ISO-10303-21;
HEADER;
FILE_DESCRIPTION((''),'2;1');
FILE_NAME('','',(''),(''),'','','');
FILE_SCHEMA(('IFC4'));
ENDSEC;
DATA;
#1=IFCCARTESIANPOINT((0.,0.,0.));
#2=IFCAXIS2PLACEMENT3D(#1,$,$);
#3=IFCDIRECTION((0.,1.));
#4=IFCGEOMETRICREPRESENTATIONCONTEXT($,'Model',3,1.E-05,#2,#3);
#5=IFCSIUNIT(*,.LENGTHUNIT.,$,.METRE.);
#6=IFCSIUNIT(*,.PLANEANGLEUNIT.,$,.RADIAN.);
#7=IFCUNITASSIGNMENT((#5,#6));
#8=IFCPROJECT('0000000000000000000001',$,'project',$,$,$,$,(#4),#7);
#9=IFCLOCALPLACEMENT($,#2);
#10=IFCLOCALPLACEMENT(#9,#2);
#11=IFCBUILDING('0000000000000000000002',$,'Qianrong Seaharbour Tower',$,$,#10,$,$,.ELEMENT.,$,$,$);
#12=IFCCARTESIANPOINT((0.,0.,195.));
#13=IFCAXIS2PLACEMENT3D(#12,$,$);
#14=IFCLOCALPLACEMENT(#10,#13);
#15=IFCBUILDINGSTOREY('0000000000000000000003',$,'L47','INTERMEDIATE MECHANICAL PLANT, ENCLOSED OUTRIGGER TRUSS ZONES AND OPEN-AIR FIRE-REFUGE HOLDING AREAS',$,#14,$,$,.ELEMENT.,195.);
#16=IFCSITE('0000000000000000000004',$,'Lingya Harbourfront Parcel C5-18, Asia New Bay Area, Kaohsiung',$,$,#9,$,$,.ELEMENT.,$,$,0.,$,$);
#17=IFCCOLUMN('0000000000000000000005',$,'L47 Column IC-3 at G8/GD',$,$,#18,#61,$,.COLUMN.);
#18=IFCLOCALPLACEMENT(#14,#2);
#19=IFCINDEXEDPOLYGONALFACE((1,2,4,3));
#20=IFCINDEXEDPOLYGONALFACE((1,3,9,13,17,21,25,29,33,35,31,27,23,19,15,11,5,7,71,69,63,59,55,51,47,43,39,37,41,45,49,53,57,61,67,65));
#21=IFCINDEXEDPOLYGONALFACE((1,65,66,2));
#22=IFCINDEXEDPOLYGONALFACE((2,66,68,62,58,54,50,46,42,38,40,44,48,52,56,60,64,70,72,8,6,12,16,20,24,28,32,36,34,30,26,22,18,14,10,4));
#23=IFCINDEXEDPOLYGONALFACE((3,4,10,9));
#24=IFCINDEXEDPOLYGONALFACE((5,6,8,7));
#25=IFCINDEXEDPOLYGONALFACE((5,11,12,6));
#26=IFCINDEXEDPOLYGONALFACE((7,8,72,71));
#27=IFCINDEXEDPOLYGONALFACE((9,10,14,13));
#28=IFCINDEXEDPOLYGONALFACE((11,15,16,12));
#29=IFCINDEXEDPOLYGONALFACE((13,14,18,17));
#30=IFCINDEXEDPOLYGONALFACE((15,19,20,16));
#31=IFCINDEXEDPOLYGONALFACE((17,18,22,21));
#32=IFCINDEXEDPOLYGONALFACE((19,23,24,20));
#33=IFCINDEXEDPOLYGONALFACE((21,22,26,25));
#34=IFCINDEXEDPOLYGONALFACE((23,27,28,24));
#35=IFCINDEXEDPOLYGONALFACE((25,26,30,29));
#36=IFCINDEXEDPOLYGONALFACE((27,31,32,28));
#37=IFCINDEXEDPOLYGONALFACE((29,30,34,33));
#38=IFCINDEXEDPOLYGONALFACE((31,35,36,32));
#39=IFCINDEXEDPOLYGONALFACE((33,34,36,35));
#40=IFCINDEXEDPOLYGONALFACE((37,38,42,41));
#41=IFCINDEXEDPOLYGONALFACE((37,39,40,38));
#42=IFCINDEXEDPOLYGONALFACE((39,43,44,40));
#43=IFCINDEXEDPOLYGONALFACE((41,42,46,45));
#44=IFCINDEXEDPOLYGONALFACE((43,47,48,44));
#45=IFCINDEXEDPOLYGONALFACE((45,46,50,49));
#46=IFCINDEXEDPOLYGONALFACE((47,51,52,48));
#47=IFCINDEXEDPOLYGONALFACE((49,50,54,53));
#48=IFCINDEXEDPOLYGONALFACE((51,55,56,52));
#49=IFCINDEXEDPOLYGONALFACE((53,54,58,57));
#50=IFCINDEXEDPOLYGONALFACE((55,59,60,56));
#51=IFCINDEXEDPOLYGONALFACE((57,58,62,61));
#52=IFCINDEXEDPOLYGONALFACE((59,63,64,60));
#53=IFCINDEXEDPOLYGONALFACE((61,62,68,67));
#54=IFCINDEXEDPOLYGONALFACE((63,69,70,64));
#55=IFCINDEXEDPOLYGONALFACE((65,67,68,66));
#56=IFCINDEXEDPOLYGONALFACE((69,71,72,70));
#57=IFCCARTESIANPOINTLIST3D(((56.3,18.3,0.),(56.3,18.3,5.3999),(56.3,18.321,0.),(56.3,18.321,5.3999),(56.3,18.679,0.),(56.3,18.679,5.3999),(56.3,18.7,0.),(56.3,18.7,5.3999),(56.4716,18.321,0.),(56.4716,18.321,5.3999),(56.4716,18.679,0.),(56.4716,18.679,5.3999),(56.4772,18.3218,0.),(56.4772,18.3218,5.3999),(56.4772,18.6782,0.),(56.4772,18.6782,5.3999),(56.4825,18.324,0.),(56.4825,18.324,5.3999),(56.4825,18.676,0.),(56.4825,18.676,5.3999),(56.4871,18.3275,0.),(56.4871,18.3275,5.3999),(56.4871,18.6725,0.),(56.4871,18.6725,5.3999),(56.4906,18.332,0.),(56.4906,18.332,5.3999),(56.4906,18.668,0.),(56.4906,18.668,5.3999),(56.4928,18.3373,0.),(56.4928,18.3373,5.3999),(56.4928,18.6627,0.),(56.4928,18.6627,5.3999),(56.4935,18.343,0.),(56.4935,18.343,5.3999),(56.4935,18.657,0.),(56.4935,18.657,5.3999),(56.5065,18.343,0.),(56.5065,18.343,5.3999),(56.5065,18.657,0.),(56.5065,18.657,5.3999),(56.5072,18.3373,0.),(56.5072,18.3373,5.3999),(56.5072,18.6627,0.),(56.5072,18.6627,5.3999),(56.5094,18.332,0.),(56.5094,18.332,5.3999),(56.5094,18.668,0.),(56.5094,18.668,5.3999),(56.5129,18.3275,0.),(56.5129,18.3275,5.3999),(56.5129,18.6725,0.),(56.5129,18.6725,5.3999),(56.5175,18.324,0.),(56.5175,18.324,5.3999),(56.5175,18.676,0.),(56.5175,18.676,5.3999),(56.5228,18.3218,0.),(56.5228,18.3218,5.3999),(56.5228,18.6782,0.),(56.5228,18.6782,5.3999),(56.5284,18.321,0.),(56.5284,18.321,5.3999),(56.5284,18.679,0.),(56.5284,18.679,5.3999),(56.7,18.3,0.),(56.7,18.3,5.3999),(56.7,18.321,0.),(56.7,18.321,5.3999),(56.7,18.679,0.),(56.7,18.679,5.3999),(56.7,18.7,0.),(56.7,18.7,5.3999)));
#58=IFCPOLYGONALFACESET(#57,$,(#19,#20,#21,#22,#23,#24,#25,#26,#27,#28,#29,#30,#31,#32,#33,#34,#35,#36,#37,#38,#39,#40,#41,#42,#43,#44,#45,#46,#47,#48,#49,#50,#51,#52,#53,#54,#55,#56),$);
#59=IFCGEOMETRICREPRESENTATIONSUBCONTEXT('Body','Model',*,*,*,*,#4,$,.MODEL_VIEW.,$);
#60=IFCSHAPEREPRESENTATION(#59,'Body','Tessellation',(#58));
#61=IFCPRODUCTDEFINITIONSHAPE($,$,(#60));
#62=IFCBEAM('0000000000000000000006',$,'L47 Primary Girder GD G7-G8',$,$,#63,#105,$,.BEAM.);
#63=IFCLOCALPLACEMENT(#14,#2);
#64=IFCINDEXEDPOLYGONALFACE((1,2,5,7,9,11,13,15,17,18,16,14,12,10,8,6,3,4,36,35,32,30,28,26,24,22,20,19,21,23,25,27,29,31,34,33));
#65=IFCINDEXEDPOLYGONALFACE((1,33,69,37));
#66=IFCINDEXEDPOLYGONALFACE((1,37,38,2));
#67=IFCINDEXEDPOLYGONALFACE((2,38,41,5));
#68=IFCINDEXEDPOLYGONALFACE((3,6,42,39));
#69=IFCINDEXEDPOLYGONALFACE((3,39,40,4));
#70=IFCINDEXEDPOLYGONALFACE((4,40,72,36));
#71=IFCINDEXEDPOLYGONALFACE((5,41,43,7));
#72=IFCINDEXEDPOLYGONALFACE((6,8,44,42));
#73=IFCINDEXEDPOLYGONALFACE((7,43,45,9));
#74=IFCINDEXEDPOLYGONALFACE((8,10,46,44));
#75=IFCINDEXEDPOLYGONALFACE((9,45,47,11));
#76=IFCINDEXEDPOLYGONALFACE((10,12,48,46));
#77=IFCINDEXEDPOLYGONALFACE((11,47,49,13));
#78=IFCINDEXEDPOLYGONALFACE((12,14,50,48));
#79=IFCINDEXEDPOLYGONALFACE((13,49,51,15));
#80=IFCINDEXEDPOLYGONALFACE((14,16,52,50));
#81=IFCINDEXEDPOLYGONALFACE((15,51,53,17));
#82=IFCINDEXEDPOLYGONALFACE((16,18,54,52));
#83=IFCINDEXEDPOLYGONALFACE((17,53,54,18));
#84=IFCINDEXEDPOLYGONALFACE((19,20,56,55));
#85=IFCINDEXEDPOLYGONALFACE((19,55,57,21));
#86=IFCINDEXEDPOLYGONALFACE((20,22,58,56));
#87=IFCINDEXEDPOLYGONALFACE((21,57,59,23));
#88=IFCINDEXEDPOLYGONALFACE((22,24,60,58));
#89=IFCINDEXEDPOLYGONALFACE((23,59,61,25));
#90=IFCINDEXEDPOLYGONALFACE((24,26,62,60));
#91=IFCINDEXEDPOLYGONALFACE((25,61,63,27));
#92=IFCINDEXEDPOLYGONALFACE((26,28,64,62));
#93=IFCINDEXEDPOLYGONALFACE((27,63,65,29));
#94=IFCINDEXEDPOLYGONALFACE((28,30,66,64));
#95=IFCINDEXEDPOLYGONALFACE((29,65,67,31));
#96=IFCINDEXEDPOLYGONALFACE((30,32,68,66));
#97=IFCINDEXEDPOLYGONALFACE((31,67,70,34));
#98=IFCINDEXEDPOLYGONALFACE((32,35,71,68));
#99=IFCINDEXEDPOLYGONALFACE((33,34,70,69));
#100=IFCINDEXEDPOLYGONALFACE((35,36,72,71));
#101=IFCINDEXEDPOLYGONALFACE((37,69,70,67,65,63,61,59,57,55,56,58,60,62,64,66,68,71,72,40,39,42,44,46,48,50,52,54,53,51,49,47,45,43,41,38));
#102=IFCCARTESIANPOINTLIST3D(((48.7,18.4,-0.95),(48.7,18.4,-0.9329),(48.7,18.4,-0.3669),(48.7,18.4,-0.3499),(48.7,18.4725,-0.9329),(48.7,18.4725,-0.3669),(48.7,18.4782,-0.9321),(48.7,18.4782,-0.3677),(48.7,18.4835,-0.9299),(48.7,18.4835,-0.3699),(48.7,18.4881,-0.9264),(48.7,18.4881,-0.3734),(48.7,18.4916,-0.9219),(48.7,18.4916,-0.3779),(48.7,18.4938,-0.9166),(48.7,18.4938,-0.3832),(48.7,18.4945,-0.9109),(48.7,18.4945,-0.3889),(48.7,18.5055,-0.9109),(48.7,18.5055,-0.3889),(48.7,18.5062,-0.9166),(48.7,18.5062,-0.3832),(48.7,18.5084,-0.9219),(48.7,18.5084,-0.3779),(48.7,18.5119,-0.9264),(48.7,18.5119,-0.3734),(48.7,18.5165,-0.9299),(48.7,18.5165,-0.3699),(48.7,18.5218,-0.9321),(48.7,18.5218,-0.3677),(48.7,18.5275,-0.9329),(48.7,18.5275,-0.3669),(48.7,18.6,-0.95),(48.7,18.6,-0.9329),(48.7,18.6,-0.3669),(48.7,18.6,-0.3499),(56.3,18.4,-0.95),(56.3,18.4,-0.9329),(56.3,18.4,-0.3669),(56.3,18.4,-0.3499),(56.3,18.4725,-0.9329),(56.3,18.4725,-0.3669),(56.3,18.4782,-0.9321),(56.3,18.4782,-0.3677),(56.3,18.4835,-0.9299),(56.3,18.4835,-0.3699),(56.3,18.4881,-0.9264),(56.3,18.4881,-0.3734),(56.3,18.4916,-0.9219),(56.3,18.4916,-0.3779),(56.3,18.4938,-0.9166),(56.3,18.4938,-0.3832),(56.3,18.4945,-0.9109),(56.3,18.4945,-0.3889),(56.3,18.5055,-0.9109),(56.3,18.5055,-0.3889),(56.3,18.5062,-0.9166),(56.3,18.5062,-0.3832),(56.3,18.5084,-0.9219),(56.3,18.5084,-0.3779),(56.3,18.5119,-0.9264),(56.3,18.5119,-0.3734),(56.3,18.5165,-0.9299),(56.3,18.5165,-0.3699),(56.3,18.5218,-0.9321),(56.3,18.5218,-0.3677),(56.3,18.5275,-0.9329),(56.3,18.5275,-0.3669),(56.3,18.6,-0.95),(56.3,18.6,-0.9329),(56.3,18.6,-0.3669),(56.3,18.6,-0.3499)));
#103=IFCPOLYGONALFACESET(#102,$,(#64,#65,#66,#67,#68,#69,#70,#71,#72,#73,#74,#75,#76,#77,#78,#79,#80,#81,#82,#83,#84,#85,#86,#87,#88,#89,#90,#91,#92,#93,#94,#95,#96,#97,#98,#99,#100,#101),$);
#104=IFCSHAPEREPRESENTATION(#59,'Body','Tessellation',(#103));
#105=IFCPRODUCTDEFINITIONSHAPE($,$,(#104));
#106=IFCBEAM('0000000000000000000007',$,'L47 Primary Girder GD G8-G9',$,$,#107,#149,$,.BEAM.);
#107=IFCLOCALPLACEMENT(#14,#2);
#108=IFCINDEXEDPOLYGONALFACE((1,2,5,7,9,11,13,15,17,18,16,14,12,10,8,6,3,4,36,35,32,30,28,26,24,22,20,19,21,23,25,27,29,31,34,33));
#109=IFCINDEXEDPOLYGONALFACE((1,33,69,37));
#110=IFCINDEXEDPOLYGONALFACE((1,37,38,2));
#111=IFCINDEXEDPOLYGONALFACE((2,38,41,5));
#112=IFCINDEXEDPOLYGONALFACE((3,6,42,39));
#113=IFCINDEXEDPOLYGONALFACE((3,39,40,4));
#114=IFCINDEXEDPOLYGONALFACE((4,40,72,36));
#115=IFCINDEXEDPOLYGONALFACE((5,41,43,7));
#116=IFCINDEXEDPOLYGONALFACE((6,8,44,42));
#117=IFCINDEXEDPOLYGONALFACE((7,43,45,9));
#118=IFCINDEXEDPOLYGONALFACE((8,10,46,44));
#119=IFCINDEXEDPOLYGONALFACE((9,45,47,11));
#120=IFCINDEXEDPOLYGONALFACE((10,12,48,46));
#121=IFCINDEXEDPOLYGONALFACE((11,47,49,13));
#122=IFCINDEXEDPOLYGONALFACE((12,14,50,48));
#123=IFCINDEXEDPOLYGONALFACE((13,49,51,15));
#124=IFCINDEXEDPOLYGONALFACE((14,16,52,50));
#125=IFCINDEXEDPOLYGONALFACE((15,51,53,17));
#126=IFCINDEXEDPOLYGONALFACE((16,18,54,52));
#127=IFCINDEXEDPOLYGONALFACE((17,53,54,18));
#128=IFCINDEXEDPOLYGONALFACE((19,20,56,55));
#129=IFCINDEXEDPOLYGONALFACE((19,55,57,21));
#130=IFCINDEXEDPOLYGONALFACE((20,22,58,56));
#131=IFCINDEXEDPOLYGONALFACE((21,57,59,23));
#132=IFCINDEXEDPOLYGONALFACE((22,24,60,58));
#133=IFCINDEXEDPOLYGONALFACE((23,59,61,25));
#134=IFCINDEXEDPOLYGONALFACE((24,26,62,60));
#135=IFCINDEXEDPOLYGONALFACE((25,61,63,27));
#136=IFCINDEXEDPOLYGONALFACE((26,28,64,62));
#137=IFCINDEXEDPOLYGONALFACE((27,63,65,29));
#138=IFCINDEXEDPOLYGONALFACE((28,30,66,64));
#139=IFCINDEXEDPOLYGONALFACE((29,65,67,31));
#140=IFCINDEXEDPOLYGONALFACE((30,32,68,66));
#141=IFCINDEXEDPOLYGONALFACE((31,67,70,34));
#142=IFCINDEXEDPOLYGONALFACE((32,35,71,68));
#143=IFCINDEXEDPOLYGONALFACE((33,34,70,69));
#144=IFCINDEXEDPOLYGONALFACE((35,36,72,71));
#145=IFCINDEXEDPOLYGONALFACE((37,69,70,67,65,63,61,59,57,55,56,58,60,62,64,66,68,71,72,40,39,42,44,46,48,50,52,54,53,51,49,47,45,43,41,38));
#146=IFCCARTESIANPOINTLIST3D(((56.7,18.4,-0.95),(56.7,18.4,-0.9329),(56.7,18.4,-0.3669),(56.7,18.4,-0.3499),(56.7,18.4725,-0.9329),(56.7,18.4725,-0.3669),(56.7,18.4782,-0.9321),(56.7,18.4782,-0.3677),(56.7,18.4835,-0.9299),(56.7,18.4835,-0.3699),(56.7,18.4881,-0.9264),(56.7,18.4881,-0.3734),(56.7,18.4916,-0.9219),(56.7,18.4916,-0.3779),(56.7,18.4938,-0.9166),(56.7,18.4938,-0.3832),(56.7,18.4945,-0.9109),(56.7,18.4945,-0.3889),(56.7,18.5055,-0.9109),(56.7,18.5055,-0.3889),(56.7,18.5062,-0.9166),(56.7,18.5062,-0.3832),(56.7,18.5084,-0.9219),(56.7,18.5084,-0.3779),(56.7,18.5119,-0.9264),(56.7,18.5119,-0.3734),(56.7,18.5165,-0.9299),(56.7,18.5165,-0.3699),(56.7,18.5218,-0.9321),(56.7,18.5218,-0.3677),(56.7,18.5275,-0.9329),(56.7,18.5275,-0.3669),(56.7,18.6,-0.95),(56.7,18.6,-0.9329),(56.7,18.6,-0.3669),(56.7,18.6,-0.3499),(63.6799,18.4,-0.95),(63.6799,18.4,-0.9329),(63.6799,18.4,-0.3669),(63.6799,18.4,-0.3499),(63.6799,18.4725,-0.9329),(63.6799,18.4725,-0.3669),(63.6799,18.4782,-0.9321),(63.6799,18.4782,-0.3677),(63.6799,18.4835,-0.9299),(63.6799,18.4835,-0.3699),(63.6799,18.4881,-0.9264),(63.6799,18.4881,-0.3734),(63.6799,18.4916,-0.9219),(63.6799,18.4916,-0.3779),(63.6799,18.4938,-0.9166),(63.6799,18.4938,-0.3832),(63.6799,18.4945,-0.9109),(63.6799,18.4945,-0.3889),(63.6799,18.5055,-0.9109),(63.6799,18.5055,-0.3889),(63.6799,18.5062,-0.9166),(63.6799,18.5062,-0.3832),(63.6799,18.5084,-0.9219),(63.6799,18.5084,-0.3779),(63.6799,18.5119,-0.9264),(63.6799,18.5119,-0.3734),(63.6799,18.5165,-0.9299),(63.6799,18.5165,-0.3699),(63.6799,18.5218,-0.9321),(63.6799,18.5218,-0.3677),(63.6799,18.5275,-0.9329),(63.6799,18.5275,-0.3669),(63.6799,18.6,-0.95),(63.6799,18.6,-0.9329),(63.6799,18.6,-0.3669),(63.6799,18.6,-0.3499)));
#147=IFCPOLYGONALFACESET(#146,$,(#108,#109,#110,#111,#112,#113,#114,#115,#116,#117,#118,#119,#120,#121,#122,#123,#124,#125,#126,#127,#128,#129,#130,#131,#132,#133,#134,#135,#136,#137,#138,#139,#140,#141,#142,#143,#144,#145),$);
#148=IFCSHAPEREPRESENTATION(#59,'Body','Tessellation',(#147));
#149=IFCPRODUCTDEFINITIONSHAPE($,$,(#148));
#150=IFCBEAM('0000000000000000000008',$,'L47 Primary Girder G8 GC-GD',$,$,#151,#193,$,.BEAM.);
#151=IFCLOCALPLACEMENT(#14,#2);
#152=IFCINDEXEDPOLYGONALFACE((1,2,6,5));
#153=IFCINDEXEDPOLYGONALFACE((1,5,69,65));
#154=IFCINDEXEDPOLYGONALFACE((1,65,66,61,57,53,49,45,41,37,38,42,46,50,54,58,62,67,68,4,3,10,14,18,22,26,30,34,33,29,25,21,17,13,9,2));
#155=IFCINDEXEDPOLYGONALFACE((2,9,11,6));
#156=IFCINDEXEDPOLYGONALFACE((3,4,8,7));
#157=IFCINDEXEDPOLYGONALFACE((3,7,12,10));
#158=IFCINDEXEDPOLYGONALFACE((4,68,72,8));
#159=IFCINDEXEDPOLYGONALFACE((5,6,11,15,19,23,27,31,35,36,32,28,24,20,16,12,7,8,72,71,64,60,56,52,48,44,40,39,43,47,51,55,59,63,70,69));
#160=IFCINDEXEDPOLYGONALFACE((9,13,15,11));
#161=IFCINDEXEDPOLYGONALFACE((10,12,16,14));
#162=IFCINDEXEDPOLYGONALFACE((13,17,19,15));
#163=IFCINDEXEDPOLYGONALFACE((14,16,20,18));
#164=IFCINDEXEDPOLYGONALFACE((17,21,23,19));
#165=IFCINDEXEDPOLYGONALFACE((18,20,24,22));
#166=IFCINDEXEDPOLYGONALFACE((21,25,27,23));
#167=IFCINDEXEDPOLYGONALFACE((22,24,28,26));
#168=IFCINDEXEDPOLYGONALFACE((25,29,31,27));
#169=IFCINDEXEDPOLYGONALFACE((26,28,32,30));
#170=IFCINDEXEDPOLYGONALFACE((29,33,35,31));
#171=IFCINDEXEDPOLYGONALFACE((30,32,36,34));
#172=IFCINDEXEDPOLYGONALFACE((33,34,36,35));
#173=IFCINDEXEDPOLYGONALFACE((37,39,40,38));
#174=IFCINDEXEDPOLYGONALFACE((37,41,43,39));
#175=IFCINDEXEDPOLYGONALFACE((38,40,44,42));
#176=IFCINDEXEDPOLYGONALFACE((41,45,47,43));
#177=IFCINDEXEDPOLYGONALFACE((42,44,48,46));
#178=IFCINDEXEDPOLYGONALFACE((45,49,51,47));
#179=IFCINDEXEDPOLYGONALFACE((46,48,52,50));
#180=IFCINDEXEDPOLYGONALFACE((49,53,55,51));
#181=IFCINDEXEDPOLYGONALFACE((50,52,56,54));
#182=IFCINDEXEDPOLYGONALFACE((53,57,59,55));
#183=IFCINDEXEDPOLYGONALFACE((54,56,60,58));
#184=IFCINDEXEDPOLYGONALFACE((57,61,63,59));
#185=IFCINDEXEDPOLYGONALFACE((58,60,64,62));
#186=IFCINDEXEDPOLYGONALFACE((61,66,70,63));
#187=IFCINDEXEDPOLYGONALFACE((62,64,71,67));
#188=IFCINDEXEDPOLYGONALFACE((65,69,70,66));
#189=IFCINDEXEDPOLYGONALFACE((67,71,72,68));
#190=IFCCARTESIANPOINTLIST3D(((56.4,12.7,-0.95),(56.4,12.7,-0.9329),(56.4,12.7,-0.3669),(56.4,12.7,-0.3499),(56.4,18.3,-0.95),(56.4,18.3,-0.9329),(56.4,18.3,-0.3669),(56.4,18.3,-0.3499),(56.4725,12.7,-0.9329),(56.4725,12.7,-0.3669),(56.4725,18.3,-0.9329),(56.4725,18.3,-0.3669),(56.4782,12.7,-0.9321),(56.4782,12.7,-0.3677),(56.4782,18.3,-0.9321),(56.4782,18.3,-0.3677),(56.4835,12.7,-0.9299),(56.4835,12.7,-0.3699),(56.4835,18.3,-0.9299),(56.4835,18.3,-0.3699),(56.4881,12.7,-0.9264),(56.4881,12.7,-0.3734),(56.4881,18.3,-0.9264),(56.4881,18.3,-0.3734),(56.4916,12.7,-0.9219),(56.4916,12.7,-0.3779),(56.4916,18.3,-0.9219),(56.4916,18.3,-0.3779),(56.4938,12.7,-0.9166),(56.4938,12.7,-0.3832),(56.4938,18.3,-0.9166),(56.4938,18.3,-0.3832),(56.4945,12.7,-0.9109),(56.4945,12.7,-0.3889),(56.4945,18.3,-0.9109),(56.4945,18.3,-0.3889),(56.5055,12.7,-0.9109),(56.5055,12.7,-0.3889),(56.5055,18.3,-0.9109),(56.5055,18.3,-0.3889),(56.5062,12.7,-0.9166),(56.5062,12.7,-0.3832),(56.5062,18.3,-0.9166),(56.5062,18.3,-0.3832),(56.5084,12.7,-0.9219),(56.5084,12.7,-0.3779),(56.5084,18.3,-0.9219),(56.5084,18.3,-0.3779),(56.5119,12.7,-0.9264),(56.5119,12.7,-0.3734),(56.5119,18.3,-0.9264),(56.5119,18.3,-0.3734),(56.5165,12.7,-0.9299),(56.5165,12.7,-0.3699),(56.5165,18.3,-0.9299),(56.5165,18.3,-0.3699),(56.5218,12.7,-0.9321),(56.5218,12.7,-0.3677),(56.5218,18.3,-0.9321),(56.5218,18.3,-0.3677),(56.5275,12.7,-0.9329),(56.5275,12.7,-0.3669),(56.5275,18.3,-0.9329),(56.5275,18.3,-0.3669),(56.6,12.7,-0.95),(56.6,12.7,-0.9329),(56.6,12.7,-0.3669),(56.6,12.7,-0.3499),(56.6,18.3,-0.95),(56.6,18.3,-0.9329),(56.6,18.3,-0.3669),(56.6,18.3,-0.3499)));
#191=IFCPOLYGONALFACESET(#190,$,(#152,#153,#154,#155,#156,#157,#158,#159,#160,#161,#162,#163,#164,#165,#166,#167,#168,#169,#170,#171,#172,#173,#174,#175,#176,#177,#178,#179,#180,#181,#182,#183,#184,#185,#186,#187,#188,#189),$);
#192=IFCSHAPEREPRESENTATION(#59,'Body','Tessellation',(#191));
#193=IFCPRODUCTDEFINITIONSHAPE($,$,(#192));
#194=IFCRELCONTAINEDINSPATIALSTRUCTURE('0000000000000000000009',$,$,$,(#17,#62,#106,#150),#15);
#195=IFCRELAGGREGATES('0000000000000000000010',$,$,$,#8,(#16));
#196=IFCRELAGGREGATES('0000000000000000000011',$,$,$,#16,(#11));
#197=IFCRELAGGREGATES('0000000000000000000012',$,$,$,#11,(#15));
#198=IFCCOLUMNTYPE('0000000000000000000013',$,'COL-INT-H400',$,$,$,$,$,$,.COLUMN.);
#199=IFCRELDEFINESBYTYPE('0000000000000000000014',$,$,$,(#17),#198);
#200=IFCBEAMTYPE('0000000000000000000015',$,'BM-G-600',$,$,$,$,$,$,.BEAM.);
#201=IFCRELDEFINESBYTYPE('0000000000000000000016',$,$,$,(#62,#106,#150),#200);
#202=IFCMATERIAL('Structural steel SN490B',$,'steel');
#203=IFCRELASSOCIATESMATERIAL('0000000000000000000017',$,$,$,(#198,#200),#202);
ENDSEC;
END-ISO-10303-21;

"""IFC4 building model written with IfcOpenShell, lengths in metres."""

from ifc_helpers import new_model, si_unit, direction, frame, origin, origin_2d, place, context, subcontext, project, spatial, i_section, extrude, material, material_profile, profile_set, type_object, element, save


model = new_model("IFC4")

# Units and contexts
model_context = context("Model", 3, precision=1e-05, world=origin(), true_north=direction((0.0, 1.0)))
body_context = subcontext(model_context, "Body", "Model", "MODEL_VIEW")
ifc_project = project(units=[si_unit("LENGTHUNIT", "METRE"), si_unit("PLANEANGLEUNIT", "RADIAN")], contexts=[model_context])

# Site, building, storey
site_placement = place(None, origin())
site = spatial("IfcSite", under=ifc_project, at=site_placement, Name="Lingya Harbourfront Parcel C5-18, Asia New Bay Area, Kaohsiung", CompositionType="ELEMENT", RefElevation=0.0)
building_placement = place(site_placement, origin())
building = spatial("IfcBuilding", under=site, at=building_placement, Name="Qianrong Seaharbour Tower", CompositionType="ELEMENT")
storey_placement = place(building_placement, frame((0.0, 0.0, 195.0)))
storey = spatial("IfcBuildingStorey", under=building, at=storey_placement, Name="L47", Description="INTERMEDIATE MECHANICAL PLANT, ENCLOSED OUTRIGGER TRUSS ZONES AND OPEN-AIR FIRE-REFUGE HOLDING AREAS", CompositionType="ELEMENT", Elevation=195.0)

# Column
ifc_material_1 = material(Name="Structural steel SN490B", Category="steel")
ifc_material_profile_1 = material_profile(ifc_material_1, i_section(OverallWidth=0.3999, OverallDepth=0.3999, WebThickness=0.0129, FlangeThickness=0.021, FilletRadius=0.022, at=origin_2d()), Name="H400x400x13x21")
ifc_profile_set_1 = profile_set([ifc_material_profile_1], Name="Structural steel SN490B")
column_type = type_object("IfcColumnType", Name="COL-INT-H400", PredefinedType="COLUMN", material=ifc_profile_set_1)
column_placement = place(storey_placement, frame((56.5, 18.5, 0.0), z_axis=(0.0, 0.0, 1.0), x_axis=(1.0, 0.0, 0.0)))
element("IfcColumn", 1, at=column_placement, inside=storey, type_object=column_type, Name="L47 Column IC-3 at G8/GD", PredefinedType="COLUMN", context=body_context, shape_type="SweptSolid", body=[
    extrude(i_section(OverallWidth=0.3999, OverallDepth=0.3999, WebThickness=0.0129, FlangeThickness=0.021, FilletRadius=0.022, at=origin_2d()), origin(), (0.0, 0.0, 1.0), 5.3999),
])

# Beams
ifc_material_profile_2 = material_profile(ifc_material_1, i_section(OverallWidth=0.2, OverallDepth=0.6001, WebThickness=0.011, FlangeThickness=0.0171, FilletRadius=0.022, at=origin_2d()), Name="H600x200x11x17")
ifc_profile_set_2 = profile_set([ifc_material_profile_2], Name="Structural steel SN490B")
beam_type_1 = type_object("IfcBeamType", Name="BM-G-600", PredefinedType="BEAM", material=ifc_profile_set_2)
beam_1_placement = place(storey_placement, frame((48.7, 18.5, -0.6499), z_axis=(1.0, 0.0, 0.0), x_axis=(0.0, 1.0, 0.0)))
element("IfcBeam", 2, at=beam_1_placement, inside=storey, type_object=beam_type_1, Name="L47 Primary Girder GD G7-G8", PredefinedType="BEAM", context=body_context, shape_type="SweptSolid", body=[
    extrude(i_section(OverallWidth=0.2, OverallDepth=0.6001, WebThickness=0.011, FlangeThickness=0.0171, FilletRadius=0.022, at=origin_2d()), origin(), (0.0, 0.0, 1.0), 7.6001),
])
beam_2_placement = place(storey_placement, frame((56.7, 18.5, -0.6499), z_axis=(1.0, 0.0, 0.0), x_axis=(0.0, 1.0, 0.0)))
element("IfcBeam", 3, at=beam_2_placement, inside=storey, type_object=beam_type_1, Name="L47 Primary Girder GD G8-G9", PredefinedType="BEAM", context=body_context, shape_type="SweptSolid", body=[
    extrude(i_section(OverallWidth=0.2, OverallDepth=0.6001, WebThickness=0.011, FlangeThickness=0.0171, FilletRadius=0.022, at=origin_2d()), origin(), (0.0, 0.0, 1.0), 6.98),
])
beam_3_placement = place(storey_placement, frame((56.5, 12.7, -0.6499), z_axis=(0.0, 1.0, 0.0), x_axis=(-1.0, 0.0, 0.0)))
element("IfcBeam", 4, at=beam_3_placement, inside=storey, type_object=beam_type_1, Name="L47 Primary Girder G8 GC-GD", PredefinedType="BEAM", context=body_context, shape_type="SweptSolid", body=[
    extrude(i_section(OverallWidth=0.2, OverallDepth=0.6001, WebThickness=0.011, FlangeThickness=0.0171, FilletRadius=0.022, at=origin_2d()), origin(), (0.0, 0.0, 1.0), 5.6001),
])

save(model, "model.ifc")
